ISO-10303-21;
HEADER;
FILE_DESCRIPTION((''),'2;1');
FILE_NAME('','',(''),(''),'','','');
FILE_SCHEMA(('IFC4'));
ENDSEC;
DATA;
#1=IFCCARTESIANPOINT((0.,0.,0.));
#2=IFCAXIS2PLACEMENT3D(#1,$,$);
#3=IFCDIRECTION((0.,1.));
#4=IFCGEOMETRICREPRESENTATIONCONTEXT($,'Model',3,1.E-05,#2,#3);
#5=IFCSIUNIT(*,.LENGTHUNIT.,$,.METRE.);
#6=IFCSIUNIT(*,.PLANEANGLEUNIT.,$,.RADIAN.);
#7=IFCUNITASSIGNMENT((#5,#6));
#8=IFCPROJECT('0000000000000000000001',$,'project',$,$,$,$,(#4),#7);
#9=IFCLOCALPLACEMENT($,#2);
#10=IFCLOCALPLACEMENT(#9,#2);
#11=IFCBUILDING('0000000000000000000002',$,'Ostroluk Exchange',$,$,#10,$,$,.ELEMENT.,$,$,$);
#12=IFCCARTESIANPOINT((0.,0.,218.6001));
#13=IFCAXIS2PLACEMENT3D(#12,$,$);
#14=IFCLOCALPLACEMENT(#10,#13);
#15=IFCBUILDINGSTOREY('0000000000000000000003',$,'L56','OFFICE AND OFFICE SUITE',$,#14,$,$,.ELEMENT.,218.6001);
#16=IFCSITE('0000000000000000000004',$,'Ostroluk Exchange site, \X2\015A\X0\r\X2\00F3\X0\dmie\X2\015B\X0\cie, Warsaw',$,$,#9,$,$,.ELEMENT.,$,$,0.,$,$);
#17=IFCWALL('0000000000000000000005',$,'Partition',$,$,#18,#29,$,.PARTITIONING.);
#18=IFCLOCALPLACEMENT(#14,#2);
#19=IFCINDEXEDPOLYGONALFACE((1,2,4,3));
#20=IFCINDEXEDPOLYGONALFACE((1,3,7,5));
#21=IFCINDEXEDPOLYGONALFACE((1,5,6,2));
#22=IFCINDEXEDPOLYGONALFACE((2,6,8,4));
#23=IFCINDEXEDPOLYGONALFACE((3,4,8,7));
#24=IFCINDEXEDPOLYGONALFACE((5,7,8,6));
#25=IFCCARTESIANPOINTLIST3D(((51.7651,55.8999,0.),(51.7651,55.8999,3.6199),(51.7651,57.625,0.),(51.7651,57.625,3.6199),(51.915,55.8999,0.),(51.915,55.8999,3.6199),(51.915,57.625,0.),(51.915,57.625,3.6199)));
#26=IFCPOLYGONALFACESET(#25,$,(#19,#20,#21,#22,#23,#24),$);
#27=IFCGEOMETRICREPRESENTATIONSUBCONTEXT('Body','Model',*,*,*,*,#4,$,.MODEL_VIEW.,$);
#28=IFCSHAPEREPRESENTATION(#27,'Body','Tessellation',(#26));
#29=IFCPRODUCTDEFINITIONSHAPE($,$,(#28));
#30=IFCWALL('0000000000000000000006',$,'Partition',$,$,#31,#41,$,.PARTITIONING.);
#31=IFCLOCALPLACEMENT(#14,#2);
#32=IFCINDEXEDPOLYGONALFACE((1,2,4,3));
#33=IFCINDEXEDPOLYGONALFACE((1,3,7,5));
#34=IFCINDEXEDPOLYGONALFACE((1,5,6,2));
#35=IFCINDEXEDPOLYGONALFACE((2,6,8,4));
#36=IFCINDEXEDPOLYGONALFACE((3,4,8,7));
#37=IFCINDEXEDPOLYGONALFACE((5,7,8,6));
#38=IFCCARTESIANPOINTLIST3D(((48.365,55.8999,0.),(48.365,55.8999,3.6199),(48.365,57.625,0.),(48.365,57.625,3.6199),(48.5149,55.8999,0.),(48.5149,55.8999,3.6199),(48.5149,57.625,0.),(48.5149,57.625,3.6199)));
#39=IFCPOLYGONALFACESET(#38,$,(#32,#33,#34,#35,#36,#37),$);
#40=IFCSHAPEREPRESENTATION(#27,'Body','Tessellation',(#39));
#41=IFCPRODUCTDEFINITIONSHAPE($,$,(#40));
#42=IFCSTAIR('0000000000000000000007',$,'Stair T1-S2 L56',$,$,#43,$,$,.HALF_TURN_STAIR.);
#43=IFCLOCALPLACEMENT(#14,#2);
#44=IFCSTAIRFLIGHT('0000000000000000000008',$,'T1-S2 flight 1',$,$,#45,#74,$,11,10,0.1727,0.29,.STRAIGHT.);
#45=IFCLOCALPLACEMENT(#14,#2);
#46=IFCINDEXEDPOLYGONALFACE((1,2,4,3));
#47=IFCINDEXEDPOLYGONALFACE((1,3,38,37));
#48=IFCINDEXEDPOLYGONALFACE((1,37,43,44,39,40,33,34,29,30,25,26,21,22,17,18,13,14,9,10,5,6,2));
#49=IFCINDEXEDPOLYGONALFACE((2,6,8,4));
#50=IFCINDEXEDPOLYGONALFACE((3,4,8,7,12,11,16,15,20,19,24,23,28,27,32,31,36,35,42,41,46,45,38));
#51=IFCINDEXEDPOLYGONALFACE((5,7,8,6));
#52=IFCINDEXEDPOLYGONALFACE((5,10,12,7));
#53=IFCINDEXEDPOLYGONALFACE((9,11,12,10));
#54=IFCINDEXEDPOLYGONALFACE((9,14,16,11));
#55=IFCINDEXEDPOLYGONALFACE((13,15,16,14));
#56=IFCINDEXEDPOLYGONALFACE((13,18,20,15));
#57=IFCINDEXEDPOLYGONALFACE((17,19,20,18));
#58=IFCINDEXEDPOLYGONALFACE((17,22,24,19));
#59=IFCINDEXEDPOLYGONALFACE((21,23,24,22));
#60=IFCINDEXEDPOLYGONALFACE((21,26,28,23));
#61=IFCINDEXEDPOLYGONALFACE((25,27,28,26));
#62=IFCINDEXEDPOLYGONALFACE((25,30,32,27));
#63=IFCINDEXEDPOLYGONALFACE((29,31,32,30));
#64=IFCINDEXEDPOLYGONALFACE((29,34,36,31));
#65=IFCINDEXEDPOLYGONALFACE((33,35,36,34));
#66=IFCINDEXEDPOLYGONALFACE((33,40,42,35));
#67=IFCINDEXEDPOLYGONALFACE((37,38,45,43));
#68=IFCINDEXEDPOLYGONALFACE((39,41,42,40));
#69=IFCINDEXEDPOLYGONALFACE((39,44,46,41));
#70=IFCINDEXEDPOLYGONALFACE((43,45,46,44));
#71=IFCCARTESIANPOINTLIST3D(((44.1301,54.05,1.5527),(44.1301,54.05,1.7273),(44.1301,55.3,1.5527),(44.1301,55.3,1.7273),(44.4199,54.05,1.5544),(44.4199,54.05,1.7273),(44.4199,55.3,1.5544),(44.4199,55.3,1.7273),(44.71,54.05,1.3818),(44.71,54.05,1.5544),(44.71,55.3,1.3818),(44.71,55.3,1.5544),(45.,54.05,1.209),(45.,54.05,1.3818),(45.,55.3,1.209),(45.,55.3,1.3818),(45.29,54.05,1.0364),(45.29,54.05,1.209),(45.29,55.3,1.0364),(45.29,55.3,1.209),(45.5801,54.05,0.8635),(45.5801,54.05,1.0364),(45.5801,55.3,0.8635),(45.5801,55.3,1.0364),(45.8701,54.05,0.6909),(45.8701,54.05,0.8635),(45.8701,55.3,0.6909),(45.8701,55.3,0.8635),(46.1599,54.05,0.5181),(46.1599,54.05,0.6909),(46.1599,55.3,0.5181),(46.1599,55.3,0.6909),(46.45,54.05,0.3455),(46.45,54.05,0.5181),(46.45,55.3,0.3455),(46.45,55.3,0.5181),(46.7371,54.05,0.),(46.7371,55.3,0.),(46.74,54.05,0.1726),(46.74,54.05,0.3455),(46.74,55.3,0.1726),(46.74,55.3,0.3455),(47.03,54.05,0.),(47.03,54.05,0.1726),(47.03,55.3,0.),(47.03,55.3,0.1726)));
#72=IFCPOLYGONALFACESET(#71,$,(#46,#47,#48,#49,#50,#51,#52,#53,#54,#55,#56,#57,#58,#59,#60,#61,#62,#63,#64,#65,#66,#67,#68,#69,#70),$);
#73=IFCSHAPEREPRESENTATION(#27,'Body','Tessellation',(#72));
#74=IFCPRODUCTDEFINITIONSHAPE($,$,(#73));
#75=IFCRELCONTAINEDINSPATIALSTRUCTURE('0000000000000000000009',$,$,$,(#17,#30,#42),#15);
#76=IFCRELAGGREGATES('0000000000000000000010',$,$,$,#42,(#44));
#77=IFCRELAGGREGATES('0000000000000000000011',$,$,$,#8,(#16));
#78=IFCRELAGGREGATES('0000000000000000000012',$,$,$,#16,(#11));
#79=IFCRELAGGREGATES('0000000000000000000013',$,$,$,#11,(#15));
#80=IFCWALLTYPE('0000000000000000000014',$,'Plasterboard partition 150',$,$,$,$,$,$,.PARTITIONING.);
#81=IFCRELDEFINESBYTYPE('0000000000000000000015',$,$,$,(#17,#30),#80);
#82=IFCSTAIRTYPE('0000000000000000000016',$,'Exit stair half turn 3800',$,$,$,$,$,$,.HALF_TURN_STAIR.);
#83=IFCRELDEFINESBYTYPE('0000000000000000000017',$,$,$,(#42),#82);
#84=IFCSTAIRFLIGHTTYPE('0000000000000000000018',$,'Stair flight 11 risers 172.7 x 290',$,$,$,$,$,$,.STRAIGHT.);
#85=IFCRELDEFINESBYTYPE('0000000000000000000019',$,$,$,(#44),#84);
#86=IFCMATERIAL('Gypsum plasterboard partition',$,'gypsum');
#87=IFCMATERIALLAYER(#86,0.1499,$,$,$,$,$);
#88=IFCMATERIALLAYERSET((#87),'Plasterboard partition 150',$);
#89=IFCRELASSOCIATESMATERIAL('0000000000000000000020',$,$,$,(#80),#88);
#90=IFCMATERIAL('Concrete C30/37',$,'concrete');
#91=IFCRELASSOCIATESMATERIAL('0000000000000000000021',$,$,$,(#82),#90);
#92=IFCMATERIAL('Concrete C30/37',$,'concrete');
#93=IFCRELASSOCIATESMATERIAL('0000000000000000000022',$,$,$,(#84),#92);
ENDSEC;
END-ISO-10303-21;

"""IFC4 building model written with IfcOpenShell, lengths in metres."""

from ifc_helpers import new_model, si_unit, direction, frame, frame_2d, origin, place, context, subcontext, project, spatial, polyline, rectangle, outline, extrude, material, layer, layer_set, type_object, element, aggregate, save


model = new_model("IFC4")

# Units and contexts
model_context = context("Model", 3, precision=1e-05, world=origin(), true_north=direction((0.0, 1.0)))
body_context = subcontext(model_context, "Body", "Model", "MODEL_VIEW")
ifc_project = project(units=[si_unit("LENGTHUNIT", "METRE"), si_unit("PLANEANGLEUNIT", "RADIAN")], contexts=[model_context])

# Site, building, storey
site_placement = place(None, origin())
site = spatial("IfcSite", under=ifc_project, at=site_placement, Name="Ostroluk Exchange site, Śródmieście, Warsaw", CompositionType="ELEMENT", RefElevation=0.0)
building_placement = place(site_placement, origin())
building = spatial("IfcBuilding", under=site, at=building_placement, Name="Ostroluk Exchange", CompositionType="ELEMENT")
storey_placement = place(building_placement, frame((0.0, 0.0, 218.6001)))
storey = spatial("IfcBuildingStorey", under=building, at=storey_placement, Name="L56", Description="OFFICE AND OFFICE SUITE", CompositionType="ELEMENT", Elevation=218.6001)

# Walls
ifc_material_1 = material(Name="Gypsum plasterboard partition", Category="gypsum")
ifc_layer_1 = layer(ifc_material_1, 0.1499)
ifc_layer_set_1 = layer_set([ifc_layer_1], Name="Plasterboard partition 150")
wall_type_1 = type_object("IfcWallType", Name="Plasterboard partition 150", PredefinedType="PARTITIONING", material=ifc_layer_set_1)
for number, where, z_axis, x_axis, name in (
    (1, (51.8401, 55.8999, 0.0), (0.0, 0.0, 1.0), (0.0, 1.0, 0.0), "Partition"),
    (2, (48.4399, 55.8999, 0.0), (0.0, 0.0, 1.0), (0.0, 1.0, 0.0), "Partition"),
):
    element("IfcWall", number, at=place(storey_placement, frame(where, z_axis=z_axis, x_axis=x_axis)), inside=storey, type_object=wall_type_1, Name=name, PredefinedType="PARTITIONING", context=body_context, shape_type="SweptSolid", body=[
        extrude(rectangle(XDim=1.7251, YDim=0.1499, at=frame_2d((0.8625, 0.0))), origin(), (0.0, 0.0, 1.0), 3.6199),
    ])

# Stair, stair flight
ifc_material_2 = material(Name="Concrete C30/37", Category="concrete")
stair_type = type_object("IfcStairType", Name="Exit stair half turn 3800", PredefinedType="HALF_TURN_STAIR", material=ifc_material_2)
stair_placement = place(storey_placement, origin())
stair = element("IfcStair", 3, at=stair_placement, inside=storey, type_object=stair_type, Name="Stair T1-S2 L56", PredefinedType="HALF_TURN_STAIR")
ifc_material_3 = material(Name="Concrete C30/37", Category="concrete")
stair_flight_type = type_object("IfcStairFlightType", Name="Stair flight 11 risers 172.7 x 290", PredefinedType="STRAIGHT", material=ifc_material_3)
stair_flight_placement = place(storey_placement, frame((47.03, 54.675, 0.0), z_axis=(0.0, 0.0, 1.0), x_axis=(-1.0, 0.0, 0.0)))
stair_flight = element("IfcStairFlight", 4, at=stair_flight_placement, type_object=stair_flight_type, Name="T1-S2 flight 1", NumberOfRisers=11, NumberOfTreads=10, PredefinedType="STRAIGHT", RiserHeight=0.1727, TreadLength=0.29, context=body_context, shape_type="SweptSolid", body=[
    extrude(outline(polyline([(0.0, 0.0), (0.0, 0.1726), (0.29, 0.1726), (0.29, 0.3455), (0.5801, 0.3455), (0.5801, 0.5181), (0.8701, 0.5181), (0.8701, 0.6909), (1.1599, 0.6909), (1.1599, 0.8635), (1.45, 0.8635), (1.45, 1.0364), (1.74, 1.0364), (1.74, 1.209), (2.03, 1.209), (2.03, 1.3818), (2.3201, 1.3818), (2.3201, 1.5544), (2.6101, 1.5544), (2.6101, 1.7273), (2.8999, 1.7273), (2.8999, 1.8999), (2.8999, 1.5527), (0.293, 0.0), (0.0, 0.0)])), frame((0.0, 0.625, 0.0), z_axis=(0.0, -1.0, 0.0), x_axis=(1.0, 0.0, 0.0)), (0.0, 0.0, 1.0), 1.25),
])
aggregate(stair, [stair_flight])

save(model, "model.ifc")
